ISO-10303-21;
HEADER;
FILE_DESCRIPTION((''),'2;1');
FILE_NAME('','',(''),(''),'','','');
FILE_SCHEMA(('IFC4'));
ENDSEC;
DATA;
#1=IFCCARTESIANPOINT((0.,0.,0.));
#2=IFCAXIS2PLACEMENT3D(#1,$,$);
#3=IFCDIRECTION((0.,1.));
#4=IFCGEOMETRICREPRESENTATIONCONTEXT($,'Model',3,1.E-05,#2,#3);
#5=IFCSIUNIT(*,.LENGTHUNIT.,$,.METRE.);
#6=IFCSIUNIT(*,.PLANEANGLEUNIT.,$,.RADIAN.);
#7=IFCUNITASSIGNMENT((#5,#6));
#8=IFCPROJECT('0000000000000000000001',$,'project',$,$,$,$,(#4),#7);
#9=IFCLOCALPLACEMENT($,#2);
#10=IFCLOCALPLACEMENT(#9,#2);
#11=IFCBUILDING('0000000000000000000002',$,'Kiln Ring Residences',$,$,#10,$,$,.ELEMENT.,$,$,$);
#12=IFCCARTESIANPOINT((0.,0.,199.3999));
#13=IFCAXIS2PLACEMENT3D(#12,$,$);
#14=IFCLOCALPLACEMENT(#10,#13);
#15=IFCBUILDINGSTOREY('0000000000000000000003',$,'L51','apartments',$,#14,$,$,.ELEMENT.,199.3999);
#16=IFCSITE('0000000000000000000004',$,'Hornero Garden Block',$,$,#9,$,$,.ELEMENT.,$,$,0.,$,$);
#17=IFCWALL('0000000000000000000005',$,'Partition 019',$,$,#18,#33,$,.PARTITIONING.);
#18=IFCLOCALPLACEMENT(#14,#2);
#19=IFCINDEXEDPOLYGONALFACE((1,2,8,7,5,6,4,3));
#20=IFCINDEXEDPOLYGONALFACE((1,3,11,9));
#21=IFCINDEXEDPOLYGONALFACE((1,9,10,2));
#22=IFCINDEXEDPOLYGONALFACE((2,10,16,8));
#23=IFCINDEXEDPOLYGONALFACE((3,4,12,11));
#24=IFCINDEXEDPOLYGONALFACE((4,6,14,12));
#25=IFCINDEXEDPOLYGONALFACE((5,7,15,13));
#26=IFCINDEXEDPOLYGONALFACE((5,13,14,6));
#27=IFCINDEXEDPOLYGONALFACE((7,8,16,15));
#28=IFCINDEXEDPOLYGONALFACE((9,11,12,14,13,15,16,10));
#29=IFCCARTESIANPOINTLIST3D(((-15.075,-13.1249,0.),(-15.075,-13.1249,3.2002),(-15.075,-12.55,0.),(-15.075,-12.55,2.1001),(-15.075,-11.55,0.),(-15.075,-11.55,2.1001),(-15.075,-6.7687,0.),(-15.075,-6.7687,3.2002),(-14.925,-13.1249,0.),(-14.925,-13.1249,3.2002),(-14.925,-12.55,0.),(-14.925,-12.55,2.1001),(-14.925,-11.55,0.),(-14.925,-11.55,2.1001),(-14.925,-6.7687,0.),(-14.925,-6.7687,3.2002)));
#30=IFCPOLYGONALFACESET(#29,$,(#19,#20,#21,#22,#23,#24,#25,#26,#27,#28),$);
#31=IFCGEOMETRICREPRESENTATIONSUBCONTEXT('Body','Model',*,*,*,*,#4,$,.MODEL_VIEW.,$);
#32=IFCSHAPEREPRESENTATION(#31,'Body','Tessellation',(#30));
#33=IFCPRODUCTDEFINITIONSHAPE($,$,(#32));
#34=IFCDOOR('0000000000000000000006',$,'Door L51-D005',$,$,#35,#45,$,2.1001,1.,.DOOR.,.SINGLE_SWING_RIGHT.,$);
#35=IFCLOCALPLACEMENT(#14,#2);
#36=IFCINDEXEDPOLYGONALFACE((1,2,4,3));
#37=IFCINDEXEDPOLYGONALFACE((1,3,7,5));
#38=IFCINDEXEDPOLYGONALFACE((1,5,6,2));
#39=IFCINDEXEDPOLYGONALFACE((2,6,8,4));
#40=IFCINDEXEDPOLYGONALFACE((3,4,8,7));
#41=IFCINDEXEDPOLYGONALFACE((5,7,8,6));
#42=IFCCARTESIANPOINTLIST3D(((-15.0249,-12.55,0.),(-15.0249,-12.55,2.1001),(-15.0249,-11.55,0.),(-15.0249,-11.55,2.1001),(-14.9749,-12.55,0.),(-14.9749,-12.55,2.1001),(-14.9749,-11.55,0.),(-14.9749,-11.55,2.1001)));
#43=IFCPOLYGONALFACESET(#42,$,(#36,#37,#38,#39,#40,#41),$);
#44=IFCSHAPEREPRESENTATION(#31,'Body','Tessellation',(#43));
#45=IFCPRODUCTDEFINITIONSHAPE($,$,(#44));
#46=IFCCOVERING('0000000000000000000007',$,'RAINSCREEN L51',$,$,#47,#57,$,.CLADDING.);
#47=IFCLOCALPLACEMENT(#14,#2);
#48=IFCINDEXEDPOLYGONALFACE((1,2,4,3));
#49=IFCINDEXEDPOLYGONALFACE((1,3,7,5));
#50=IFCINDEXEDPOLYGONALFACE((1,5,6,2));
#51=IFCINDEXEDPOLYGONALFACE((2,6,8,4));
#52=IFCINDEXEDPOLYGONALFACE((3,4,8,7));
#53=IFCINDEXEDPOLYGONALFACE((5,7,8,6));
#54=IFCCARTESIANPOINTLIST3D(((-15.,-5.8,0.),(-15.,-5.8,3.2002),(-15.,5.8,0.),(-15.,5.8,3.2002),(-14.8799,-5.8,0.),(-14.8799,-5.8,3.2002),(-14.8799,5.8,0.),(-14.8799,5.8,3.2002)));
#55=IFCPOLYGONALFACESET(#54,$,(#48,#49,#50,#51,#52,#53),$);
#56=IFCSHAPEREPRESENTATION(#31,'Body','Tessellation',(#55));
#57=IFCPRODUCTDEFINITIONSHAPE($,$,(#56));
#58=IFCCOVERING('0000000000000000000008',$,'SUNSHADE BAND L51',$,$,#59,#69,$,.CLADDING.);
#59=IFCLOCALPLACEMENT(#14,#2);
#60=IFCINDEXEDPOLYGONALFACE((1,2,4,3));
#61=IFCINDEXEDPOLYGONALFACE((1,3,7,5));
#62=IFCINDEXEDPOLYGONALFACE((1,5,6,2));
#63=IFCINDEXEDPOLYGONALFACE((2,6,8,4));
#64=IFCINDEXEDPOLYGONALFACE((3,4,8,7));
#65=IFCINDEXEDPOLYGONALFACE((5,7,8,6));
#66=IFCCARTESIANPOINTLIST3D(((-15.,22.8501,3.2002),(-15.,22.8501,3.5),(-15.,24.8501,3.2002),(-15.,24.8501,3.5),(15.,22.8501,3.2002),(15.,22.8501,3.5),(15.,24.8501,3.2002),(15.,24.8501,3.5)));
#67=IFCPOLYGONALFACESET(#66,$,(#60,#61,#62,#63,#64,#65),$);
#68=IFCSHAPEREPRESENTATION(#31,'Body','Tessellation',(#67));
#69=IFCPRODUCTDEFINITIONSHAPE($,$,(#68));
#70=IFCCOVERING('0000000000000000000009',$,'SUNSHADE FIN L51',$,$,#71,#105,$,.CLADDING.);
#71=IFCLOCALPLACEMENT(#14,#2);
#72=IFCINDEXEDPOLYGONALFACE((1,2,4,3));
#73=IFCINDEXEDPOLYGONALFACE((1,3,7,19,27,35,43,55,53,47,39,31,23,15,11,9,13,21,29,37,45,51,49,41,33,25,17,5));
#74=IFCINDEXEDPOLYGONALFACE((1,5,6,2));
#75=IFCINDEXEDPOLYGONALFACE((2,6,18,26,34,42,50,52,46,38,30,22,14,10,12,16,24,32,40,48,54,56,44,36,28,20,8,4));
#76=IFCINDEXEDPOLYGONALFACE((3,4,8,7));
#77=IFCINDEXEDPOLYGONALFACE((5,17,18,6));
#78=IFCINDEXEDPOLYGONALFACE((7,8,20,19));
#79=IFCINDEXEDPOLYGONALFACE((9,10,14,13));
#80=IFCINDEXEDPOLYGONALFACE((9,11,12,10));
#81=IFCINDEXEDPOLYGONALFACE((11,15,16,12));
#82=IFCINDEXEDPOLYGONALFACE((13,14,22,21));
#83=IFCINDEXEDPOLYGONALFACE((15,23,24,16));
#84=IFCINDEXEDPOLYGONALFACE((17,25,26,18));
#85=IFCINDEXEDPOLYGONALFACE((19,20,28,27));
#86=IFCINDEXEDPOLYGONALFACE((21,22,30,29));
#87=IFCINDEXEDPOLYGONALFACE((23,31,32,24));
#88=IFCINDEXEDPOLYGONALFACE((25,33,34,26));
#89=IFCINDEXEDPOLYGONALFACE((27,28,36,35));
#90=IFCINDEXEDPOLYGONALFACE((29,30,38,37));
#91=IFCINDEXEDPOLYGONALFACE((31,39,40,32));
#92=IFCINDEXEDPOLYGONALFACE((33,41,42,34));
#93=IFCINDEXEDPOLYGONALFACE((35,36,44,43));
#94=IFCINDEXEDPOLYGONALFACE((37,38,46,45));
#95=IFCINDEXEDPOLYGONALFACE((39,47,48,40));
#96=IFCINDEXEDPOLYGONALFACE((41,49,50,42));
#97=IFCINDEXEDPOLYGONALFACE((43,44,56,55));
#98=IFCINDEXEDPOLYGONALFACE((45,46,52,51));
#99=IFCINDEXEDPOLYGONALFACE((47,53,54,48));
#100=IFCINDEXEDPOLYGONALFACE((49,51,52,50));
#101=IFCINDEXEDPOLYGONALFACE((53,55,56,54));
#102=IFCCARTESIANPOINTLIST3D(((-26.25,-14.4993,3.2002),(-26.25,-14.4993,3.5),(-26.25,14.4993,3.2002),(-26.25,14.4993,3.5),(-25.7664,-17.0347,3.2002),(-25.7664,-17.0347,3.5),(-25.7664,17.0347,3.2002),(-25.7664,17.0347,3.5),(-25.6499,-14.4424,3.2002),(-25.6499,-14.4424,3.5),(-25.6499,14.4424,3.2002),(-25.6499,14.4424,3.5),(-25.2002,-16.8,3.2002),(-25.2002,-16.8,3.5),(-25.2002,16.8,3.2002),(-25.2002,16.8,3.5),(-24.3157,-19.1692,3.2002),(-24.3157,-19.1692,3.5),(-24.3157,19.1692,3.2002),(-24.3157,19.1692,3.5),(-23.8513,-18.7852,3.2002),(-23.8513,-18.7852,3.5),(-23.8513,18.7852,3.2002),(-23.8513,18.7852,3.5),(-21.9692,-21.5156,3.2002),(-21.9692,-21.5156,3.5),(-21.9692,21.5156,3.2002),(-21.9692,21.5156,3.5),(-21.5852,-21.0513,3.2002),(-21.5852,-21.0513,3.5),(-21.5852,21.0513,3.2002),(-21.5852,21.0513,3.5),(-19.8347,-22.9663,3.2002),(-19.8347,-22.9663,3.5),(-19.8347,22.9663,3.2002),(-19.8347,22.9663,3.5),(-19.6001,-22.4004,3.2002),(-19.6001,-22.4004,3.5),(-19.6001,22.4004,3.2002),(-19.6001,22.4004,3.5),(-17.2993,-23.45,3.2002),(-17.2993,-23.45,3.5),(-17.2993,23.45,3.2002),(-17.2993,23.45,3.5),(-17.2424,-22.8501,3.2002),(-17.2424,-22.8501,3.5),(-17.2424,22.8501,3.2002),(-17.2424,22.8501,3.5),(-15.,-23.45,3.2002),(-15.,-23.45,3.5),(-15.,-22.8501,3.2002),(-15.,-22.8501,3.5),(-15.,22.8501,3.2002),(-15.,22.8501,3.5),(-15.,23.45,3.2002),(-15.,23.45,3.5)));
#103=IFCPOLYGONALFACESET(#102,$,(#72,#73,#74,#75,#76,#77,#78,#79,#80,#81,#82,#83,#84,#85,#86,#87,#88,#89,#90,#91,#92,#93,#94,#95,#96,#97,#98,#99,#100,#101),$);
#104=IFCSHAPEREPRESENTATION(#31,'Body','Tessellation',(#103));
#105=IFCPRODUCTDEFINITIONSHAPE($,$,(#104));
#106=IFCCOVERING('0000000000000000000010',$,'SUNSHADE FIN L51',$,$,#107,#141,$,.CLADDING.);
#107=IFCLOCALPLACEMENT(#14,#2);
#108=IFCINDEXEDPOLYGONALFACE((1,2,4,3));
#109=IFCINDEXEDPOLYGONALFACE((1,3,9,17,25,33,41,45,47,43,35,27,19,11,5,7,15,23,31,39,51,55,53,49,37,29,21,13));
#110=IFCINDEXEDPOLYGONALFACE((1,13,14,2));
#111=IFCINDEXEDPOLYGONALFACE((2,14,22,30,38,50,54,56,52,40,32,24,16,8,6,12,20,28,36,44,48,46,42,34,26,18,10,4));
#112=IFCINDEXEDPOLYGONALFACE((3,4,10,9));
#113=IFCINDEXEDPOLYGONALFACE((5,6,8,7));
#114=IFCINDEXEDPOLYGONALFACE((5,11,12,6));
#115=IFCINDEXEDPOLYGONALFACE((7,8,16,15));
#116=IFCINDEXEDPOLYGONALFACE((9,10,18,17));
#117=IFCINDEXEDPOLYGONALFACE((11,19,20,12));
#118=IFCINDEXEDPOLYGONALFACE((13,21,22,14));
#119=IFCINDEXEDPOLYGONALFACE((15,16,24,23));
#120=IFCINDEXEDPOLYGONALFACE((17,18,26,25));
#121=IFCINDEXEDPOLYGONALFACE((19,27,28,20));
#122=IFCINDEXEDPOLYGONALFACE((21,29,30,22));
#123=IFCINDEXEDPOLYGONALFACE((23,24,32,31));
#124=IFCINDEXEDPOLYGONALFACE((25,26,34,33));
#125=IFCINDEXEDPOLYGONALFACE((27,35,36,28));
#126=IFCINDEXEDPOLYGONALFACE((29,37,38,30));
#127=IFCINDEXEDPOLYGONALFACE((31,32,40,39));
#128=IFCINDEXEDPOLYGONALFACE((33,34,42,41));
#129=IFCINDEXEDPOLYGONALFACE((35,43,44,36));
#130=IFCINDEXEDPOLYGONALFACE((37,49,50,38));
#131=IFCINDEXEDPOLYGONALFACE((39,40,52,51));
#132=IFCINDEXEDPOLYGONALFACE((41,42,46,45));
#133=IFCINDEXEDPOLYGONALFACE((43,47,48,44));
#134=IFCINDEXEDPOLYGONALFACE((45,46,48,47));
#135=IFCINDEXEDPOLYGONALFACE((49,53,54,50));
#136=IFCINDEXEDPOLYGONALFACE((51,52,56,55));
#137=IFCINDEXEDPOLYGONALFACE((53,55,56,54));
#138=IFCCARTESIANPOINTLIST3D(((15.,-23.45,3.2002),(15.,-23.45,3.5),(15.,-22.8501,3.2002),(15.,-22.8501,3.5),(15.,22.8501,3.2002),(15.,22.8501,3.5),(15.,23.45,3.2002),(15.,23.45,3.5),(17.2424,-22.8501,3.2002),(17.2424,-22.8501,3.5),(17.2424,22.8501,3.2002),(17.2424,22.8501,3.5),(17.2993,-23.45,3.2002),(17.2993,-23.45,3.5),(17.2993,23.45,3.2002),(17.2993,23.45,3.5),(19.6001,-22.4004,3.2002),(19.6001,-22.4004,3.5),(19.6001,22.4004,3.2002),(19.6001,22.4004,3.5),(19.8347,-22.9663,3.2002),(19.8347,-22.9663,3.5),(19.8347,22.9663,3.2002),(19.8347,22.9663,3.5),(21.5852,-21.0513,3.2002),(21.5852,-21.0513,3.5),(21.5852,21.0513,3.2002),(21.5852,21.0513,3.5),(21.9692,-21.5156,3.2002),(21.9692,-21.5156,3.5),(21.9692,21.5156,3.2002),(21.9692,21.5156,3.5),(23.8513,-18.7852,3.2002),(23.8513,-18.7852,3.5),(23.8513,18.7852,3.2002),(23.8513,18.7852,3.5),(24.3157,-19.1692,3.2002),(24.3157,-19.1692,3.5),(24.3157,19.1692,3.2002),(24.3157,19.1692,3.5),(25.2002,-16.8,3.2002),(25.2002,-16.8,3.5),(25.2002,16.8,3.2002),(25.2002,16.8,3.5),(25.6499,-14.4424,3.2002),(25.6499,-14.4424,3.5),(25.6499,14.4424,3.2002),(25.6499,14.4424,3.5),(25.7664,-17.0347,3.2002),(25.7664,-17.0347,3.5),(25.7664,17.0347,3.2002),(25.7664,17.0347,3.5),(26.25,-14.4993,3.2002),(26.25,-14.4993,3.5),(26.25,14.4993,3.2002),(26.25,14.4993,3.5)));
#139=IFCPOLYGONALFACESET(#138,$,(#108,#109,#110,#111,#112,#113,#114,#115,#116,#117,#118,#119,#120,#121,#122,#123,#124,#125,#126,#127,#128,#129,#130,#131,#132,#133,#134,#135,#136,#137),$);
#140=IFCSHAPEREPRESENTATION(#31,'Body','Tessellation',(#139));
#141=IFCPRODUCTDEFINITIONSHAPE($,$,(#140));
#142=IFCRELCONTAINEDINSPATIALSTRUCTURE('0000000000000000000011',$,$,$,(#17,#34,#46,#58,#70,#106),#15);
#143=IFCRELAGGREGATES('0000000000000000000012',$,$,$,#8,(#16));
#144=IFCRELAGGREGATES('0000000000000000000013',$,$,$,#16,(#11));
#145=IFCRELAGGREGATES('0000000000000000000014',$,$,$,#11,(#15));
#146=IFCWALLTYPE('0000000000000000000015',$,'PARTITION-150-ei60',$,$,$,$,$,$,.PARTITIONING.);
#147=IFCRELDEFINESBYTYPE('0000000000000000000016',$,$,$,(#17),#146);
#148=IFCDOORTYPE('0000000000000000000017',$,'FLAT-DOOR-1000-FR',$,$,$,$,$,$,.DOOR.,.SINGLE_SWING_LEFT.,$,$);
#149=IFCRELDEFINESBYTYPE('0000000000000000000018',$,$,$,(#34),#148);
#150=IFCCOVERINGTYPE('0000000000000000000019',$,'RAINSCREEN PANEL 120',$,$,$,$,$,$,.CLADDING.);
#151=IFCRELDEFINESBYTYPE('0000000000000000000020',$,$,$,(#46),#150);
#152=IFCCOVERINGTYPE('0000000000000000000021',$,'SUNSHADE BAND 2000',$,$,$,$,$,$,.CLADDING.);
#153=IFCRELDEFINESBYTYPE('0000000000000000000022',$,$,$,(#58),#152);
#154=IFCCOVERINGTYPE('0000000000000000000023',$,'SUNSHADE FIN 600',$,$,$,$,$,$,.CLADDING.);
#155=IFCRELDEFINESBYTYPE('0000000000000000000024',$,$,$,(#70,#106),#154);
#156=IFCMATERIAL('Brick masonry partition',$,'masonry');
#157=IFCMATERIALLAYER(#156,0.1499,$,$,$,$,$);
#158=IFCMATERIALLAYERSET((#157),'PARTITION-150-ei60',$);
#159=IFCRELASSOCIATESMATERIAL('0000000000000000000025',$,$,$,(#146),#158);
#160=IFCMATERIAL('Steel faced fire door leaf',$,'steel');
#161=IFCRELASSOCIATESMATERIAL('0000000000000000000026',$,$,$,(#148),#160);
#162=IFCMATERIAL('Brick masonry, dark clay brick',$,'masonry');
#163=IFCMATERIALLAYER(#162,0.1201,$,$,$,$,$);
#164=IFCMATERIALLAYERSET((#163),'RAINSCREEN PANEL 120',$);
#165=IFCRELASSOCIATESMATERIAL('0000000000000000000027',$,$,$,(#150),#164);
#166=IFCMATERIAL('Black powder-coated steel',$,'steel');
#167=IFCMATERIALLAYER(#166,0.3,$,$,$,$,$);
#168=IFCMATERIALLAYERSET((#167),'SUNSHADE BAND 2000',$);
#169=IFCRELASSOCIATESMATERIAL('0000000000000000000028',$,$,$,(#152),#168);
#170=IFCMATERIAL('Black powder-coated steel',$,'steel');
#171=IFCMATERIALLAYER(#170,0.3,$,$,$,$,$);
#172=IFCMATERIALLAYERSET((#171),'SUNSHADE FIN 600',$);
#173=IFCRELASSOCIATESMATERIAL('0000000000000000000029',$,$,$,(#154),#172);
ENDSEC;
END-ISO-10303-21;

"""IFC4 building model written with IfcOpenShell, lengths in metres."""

from ifc_helpers import new_model, si_unit, direction, frame, frame_2d, origin, place, context, subcontext, project, spatial, polyline, rectangle, outline, extrude, material, layer, layer_set, type_object, element, fill, save


model = new_model("IFC4")

# Units and contexts
model_context = context("Model", 3, precision=1e-05, world=origin(), true_north=direction((0.0, 1.0)))
body_context = subcontext(model_context, "Body", "Model", "MODEL_VIEW")
ifc_project = project(units=[si_unit("LENGTHUNIT", "METRE"), si_unit("PLANEANGLEUNIT", "RADIAN")], contexts=[model_context])

# Site, building, storey
site_placement = place(None, origin())
site = spatial("IfcSite", under=ifc_project, at=site_placement, Name="Hornero Garden Block", CompositionType="ELEMENT", RefElevation=0.0)
building_placement = place(site_placement, origin())
building = spatial("IfcBuilding", under=site, at=building_placement, Name="Kiln Ring Residences", CompositionType="ELEMENT")
storey_placement = place(building_placement, frame((0.0, 0.0, 199.3999)))
storey = spatial("IfcBuildingStorey", under=building, at=storey_placement, Name="L51", Description="apartments", CompositionType="ELEMENT", Elevation=199.3999)

# Shared definitions
ifc_material_1 = material(Name="Brick masonry partition", Category="masonry")
ifc_layer_1 = layer(ifc_material_1, 0.1499)
ifc_layer_set_1 = layer_set([ifc_layer_1], Name="PARTITION-150-ei60")
wall_type_1 = type_object("IfcWallType", Name="PARTITION-150-ei60", PredefinedType="PARTITIONING", material=ifc_layer_set_1)
ifc_material_2 = material(Name="Steel faced fire door leaf", Category="steel")
door_type_1 = type_object("IfcDoorType", Name="FLAT-DOOR-1000-FR", OperationType="SINGLE_SWING_LEFT", PredefinedType="DOOR", material=ifc_material_2)

# Wall, opening, door
wall_1_placement = place(storey_placement, frame((-15.0, -13.125, 0.0), z_axis=(0.0, 0.0, 1.0), x_axis=(0.0, 1.0, 0.0)))
wall_1 = element("IfcWall", 1, at=wall_1_placement, inside=storey, type_object=wall_type_1, Name="Partition 019", PredefinedType="PARTITIONING", context=body_context, shape_type="SweptSolid", body=[
    extrude(rectangle(XDim=6.3562, YDim=0.1499, at=frame_2d((3.1782, 0.0))), origin(), (0.0, 0.0, 1.0), 3.2002),
])
opening_1_placement = place(wall_1_placement, frame((0.575, 0.0, 0.0)))
opening_1 = element("IfcOpeningElement", 2, at=opening_1_placement, cuts=wall_1, PredefinedType="OPENING", context=body_context, shape_type="SweptSolid", body=[
    extrude(rectangle(XDim=1.0, YDim=2.1001, at=frame_2d((0.5, 1.05))), frame((0.0, 0.085, 0.0), z_axis=(0.0, -1.0, 0.0), x_axis=(1.0, 0.0, 0.0)), (0.0, 0.0, 1.0), 0.1699),
])
door_1_placement = place(opening_1_placement, origin())
door_1 = element("IfcDoor", 3, at=door_1_placement, inside=storey, type_object=door_type_1, Name="Door L51-D005", OperationType="SINGLE_SWING_RIGHT", OverallHeight=2.1001, OverallWidth=1.0, PredefinedType="DOOR", context=body_context, shape_type="SweptSolid", body=[
    extrude(rectangle(XDim=1.0, YDim=2.1001, at=frame_2d((0.5, 1.05))), frame((0.0, 0.0249, 0.0), z_axis=(0.0, -1.0, 0.0), x_axis=(1.0, 0.0, 0.0)), (0.0, 0.0, 1.0), 0.05),
])
fill(opening_1, door_1)

# Coverings
ifc_material_3 = material(Name="Brick masonry, dark clay brick", Category="masonry")
ifc_layer_2 = layer(ifc_material_3, 0.1201)
ifc_layer_set_2 = layer_set([ifc_layer_2], Name="RAINSCREEN PANEL 120")
covering_type_1 = type_object("IfcCoveringType", Name="RAINSCREEN PANEL 120", PredefinedType="CLADDING", material=ifc_layer_set_2)
covering_1_placement = place(storey_placement, frame((-14.9399, -5.8, 0.0), z_axis=(0.0, 0.0, 1.0), x_axis=(0.0, 1.0, 0.0)))
element("IfcCovering", 4, at=covering_1_placement, inside=storey, type_object=covering_type_1, Name="RAINSCREEN L51", PredefinedType="CLADDING", context=body_context, shape_type="SweptSolid", body=[
    extrude(outline(polyline([(0.0, 0.0), (11.6001, 0.0), (11.6001, 3.2002), (0.0, 3.2002), (0.0, 0.0)])), frame((0.0, 0.0601, 0.0), z_axis=(0.0, -1.0, 0.0), x_axis=(1.0, 0.0, 0.0)), (0.0, 0.0, 1.0), 0.1201),
])
ifc_material_4 = material(Name="Black powder-coated steel", Category="steel")
ifc_layer_3 = layer(ifc_material_4, 0.3)
ifc_layer_set_3 = layer_set([ifc_layer_3], Name="SUNSHADE BAND 2000")
covering_type_2 = type_object("IfcCoveringType", Name="SUNSHADE BAND 2000", PredefinedType="CLADDING", material=ifc_layer_set_3)
placement = place(storey_placement, frame((0.0, 0.0, 3.2002)))
element("IfcCovering", 5, at=placement, inside=storey, type_object=covering_type_2, Name="SUNSHADE BAND L51", PredefinedType="CLADDING", context=body_context, shape_type="SweptSolid", body=[
    extrude(outline(polyline([(15.0, 24.8501), (-15.0, 24.8501), (-15.0, 22.8501), (15.0, 22.8501), (15.0, 24.8501)])), origin(), (0.0, 0.0, 1.0), 0.2998),
])
ifc_material_5 = material(Name="Black powder-coated steel", Category="steel")
ifc_layer_4 = layer(ifc_material_5, 0.3)
ifc_layer_set_4 = layer_set([ifc_layer_4], Name="SUNSHADE FIN 600")
covering_type_3 = type_object("IfcCoveringType", Name="SUNSHADE FIN 600", PredefinedType="CLADDING", material=ifc_layer_set_4)
element("IfcCovering", 6, at=placement, inside=storey, type_object=covering_type_3, Name="SUNSHADE FIN L51", PredefinedType="CLADDING", context=body_context, shape_type="SweptSolid", body=[
    extrude(outline(polyline([(-26.25, -14.4993), (-25.7664, -17.0347), (-24.3157, -19.1692), (-21.9692, -21.5156), (-19.8347, -22.9663), (-17.2993, -23.45), (-15.0, -23.45), (-15.0, -22.8501), (-17.2424, -22.8501), (-19.6001, -22.4004), (-21.5852, -21.0513), (-23.8513, -18.7852), (-25.2002, -16.8), (-25.6499, -14.4424), (-25.6499, 14.4424), (-25.2002, 16.8), (-23.8513, 18.7852), (-21.5852, 21.0513), (-19.6001, 22.4004), (-17.2424, 22.8501), (-15.0, 22.8501), (-15.0, 23.45), (-17.2993, 23.45), (-19.8347, 22.9663), (-21.9692, 21.5156), (-24.3157, 19.1692), (-25.7664, 17.0347), (-26.25, 14.4993), (-26.25, -14.4993)])), origin(), (0.0, 0.0, 1.0), 0.2998),
])
element("IfcCovering", 7, at=placement, inside=storey, type_object=covering_type_3, Name="SUNSHADE FIN L51", PredefinedType="CLADDING", context=body_context, shape_type="SweptSolid", body=[
    extrude(outline(polyline([(17.2993, 23.45), (15.0, 23.45), (15.0, 22.8501), (17.2424, 22.8501), (19.6001, 22.4004), (21.5852, 21.0513), (23.8513, 18.7852), (25.2002, 16.8), (25.6499, 14.4424), (25.6499, -14.4424), (25.2002, -16.8), (23.8513, -18.7852), (21.5852, -21.0513), (19.6001, -22.4004), (17.2424, -22.8501), (15.0, -22.8501), (15.0, -23.45), (17.2993, -23.45), (19.8347, -22.9663), (21.9692, -21.5156), (24.3157, -19.1692), (25.7664, -17.0347), (26.25, -14.4993), (26.25, 14.4993), (25.7664, 17.0347), (24.3157, 19.1692), (21.9692, 21.5156), (19.8347, 22.9663), (17.2993, 23.45)])), origin(), (0.0, 0.0, 1.0), 0.2998),
])

save(model, "model.ifc")
